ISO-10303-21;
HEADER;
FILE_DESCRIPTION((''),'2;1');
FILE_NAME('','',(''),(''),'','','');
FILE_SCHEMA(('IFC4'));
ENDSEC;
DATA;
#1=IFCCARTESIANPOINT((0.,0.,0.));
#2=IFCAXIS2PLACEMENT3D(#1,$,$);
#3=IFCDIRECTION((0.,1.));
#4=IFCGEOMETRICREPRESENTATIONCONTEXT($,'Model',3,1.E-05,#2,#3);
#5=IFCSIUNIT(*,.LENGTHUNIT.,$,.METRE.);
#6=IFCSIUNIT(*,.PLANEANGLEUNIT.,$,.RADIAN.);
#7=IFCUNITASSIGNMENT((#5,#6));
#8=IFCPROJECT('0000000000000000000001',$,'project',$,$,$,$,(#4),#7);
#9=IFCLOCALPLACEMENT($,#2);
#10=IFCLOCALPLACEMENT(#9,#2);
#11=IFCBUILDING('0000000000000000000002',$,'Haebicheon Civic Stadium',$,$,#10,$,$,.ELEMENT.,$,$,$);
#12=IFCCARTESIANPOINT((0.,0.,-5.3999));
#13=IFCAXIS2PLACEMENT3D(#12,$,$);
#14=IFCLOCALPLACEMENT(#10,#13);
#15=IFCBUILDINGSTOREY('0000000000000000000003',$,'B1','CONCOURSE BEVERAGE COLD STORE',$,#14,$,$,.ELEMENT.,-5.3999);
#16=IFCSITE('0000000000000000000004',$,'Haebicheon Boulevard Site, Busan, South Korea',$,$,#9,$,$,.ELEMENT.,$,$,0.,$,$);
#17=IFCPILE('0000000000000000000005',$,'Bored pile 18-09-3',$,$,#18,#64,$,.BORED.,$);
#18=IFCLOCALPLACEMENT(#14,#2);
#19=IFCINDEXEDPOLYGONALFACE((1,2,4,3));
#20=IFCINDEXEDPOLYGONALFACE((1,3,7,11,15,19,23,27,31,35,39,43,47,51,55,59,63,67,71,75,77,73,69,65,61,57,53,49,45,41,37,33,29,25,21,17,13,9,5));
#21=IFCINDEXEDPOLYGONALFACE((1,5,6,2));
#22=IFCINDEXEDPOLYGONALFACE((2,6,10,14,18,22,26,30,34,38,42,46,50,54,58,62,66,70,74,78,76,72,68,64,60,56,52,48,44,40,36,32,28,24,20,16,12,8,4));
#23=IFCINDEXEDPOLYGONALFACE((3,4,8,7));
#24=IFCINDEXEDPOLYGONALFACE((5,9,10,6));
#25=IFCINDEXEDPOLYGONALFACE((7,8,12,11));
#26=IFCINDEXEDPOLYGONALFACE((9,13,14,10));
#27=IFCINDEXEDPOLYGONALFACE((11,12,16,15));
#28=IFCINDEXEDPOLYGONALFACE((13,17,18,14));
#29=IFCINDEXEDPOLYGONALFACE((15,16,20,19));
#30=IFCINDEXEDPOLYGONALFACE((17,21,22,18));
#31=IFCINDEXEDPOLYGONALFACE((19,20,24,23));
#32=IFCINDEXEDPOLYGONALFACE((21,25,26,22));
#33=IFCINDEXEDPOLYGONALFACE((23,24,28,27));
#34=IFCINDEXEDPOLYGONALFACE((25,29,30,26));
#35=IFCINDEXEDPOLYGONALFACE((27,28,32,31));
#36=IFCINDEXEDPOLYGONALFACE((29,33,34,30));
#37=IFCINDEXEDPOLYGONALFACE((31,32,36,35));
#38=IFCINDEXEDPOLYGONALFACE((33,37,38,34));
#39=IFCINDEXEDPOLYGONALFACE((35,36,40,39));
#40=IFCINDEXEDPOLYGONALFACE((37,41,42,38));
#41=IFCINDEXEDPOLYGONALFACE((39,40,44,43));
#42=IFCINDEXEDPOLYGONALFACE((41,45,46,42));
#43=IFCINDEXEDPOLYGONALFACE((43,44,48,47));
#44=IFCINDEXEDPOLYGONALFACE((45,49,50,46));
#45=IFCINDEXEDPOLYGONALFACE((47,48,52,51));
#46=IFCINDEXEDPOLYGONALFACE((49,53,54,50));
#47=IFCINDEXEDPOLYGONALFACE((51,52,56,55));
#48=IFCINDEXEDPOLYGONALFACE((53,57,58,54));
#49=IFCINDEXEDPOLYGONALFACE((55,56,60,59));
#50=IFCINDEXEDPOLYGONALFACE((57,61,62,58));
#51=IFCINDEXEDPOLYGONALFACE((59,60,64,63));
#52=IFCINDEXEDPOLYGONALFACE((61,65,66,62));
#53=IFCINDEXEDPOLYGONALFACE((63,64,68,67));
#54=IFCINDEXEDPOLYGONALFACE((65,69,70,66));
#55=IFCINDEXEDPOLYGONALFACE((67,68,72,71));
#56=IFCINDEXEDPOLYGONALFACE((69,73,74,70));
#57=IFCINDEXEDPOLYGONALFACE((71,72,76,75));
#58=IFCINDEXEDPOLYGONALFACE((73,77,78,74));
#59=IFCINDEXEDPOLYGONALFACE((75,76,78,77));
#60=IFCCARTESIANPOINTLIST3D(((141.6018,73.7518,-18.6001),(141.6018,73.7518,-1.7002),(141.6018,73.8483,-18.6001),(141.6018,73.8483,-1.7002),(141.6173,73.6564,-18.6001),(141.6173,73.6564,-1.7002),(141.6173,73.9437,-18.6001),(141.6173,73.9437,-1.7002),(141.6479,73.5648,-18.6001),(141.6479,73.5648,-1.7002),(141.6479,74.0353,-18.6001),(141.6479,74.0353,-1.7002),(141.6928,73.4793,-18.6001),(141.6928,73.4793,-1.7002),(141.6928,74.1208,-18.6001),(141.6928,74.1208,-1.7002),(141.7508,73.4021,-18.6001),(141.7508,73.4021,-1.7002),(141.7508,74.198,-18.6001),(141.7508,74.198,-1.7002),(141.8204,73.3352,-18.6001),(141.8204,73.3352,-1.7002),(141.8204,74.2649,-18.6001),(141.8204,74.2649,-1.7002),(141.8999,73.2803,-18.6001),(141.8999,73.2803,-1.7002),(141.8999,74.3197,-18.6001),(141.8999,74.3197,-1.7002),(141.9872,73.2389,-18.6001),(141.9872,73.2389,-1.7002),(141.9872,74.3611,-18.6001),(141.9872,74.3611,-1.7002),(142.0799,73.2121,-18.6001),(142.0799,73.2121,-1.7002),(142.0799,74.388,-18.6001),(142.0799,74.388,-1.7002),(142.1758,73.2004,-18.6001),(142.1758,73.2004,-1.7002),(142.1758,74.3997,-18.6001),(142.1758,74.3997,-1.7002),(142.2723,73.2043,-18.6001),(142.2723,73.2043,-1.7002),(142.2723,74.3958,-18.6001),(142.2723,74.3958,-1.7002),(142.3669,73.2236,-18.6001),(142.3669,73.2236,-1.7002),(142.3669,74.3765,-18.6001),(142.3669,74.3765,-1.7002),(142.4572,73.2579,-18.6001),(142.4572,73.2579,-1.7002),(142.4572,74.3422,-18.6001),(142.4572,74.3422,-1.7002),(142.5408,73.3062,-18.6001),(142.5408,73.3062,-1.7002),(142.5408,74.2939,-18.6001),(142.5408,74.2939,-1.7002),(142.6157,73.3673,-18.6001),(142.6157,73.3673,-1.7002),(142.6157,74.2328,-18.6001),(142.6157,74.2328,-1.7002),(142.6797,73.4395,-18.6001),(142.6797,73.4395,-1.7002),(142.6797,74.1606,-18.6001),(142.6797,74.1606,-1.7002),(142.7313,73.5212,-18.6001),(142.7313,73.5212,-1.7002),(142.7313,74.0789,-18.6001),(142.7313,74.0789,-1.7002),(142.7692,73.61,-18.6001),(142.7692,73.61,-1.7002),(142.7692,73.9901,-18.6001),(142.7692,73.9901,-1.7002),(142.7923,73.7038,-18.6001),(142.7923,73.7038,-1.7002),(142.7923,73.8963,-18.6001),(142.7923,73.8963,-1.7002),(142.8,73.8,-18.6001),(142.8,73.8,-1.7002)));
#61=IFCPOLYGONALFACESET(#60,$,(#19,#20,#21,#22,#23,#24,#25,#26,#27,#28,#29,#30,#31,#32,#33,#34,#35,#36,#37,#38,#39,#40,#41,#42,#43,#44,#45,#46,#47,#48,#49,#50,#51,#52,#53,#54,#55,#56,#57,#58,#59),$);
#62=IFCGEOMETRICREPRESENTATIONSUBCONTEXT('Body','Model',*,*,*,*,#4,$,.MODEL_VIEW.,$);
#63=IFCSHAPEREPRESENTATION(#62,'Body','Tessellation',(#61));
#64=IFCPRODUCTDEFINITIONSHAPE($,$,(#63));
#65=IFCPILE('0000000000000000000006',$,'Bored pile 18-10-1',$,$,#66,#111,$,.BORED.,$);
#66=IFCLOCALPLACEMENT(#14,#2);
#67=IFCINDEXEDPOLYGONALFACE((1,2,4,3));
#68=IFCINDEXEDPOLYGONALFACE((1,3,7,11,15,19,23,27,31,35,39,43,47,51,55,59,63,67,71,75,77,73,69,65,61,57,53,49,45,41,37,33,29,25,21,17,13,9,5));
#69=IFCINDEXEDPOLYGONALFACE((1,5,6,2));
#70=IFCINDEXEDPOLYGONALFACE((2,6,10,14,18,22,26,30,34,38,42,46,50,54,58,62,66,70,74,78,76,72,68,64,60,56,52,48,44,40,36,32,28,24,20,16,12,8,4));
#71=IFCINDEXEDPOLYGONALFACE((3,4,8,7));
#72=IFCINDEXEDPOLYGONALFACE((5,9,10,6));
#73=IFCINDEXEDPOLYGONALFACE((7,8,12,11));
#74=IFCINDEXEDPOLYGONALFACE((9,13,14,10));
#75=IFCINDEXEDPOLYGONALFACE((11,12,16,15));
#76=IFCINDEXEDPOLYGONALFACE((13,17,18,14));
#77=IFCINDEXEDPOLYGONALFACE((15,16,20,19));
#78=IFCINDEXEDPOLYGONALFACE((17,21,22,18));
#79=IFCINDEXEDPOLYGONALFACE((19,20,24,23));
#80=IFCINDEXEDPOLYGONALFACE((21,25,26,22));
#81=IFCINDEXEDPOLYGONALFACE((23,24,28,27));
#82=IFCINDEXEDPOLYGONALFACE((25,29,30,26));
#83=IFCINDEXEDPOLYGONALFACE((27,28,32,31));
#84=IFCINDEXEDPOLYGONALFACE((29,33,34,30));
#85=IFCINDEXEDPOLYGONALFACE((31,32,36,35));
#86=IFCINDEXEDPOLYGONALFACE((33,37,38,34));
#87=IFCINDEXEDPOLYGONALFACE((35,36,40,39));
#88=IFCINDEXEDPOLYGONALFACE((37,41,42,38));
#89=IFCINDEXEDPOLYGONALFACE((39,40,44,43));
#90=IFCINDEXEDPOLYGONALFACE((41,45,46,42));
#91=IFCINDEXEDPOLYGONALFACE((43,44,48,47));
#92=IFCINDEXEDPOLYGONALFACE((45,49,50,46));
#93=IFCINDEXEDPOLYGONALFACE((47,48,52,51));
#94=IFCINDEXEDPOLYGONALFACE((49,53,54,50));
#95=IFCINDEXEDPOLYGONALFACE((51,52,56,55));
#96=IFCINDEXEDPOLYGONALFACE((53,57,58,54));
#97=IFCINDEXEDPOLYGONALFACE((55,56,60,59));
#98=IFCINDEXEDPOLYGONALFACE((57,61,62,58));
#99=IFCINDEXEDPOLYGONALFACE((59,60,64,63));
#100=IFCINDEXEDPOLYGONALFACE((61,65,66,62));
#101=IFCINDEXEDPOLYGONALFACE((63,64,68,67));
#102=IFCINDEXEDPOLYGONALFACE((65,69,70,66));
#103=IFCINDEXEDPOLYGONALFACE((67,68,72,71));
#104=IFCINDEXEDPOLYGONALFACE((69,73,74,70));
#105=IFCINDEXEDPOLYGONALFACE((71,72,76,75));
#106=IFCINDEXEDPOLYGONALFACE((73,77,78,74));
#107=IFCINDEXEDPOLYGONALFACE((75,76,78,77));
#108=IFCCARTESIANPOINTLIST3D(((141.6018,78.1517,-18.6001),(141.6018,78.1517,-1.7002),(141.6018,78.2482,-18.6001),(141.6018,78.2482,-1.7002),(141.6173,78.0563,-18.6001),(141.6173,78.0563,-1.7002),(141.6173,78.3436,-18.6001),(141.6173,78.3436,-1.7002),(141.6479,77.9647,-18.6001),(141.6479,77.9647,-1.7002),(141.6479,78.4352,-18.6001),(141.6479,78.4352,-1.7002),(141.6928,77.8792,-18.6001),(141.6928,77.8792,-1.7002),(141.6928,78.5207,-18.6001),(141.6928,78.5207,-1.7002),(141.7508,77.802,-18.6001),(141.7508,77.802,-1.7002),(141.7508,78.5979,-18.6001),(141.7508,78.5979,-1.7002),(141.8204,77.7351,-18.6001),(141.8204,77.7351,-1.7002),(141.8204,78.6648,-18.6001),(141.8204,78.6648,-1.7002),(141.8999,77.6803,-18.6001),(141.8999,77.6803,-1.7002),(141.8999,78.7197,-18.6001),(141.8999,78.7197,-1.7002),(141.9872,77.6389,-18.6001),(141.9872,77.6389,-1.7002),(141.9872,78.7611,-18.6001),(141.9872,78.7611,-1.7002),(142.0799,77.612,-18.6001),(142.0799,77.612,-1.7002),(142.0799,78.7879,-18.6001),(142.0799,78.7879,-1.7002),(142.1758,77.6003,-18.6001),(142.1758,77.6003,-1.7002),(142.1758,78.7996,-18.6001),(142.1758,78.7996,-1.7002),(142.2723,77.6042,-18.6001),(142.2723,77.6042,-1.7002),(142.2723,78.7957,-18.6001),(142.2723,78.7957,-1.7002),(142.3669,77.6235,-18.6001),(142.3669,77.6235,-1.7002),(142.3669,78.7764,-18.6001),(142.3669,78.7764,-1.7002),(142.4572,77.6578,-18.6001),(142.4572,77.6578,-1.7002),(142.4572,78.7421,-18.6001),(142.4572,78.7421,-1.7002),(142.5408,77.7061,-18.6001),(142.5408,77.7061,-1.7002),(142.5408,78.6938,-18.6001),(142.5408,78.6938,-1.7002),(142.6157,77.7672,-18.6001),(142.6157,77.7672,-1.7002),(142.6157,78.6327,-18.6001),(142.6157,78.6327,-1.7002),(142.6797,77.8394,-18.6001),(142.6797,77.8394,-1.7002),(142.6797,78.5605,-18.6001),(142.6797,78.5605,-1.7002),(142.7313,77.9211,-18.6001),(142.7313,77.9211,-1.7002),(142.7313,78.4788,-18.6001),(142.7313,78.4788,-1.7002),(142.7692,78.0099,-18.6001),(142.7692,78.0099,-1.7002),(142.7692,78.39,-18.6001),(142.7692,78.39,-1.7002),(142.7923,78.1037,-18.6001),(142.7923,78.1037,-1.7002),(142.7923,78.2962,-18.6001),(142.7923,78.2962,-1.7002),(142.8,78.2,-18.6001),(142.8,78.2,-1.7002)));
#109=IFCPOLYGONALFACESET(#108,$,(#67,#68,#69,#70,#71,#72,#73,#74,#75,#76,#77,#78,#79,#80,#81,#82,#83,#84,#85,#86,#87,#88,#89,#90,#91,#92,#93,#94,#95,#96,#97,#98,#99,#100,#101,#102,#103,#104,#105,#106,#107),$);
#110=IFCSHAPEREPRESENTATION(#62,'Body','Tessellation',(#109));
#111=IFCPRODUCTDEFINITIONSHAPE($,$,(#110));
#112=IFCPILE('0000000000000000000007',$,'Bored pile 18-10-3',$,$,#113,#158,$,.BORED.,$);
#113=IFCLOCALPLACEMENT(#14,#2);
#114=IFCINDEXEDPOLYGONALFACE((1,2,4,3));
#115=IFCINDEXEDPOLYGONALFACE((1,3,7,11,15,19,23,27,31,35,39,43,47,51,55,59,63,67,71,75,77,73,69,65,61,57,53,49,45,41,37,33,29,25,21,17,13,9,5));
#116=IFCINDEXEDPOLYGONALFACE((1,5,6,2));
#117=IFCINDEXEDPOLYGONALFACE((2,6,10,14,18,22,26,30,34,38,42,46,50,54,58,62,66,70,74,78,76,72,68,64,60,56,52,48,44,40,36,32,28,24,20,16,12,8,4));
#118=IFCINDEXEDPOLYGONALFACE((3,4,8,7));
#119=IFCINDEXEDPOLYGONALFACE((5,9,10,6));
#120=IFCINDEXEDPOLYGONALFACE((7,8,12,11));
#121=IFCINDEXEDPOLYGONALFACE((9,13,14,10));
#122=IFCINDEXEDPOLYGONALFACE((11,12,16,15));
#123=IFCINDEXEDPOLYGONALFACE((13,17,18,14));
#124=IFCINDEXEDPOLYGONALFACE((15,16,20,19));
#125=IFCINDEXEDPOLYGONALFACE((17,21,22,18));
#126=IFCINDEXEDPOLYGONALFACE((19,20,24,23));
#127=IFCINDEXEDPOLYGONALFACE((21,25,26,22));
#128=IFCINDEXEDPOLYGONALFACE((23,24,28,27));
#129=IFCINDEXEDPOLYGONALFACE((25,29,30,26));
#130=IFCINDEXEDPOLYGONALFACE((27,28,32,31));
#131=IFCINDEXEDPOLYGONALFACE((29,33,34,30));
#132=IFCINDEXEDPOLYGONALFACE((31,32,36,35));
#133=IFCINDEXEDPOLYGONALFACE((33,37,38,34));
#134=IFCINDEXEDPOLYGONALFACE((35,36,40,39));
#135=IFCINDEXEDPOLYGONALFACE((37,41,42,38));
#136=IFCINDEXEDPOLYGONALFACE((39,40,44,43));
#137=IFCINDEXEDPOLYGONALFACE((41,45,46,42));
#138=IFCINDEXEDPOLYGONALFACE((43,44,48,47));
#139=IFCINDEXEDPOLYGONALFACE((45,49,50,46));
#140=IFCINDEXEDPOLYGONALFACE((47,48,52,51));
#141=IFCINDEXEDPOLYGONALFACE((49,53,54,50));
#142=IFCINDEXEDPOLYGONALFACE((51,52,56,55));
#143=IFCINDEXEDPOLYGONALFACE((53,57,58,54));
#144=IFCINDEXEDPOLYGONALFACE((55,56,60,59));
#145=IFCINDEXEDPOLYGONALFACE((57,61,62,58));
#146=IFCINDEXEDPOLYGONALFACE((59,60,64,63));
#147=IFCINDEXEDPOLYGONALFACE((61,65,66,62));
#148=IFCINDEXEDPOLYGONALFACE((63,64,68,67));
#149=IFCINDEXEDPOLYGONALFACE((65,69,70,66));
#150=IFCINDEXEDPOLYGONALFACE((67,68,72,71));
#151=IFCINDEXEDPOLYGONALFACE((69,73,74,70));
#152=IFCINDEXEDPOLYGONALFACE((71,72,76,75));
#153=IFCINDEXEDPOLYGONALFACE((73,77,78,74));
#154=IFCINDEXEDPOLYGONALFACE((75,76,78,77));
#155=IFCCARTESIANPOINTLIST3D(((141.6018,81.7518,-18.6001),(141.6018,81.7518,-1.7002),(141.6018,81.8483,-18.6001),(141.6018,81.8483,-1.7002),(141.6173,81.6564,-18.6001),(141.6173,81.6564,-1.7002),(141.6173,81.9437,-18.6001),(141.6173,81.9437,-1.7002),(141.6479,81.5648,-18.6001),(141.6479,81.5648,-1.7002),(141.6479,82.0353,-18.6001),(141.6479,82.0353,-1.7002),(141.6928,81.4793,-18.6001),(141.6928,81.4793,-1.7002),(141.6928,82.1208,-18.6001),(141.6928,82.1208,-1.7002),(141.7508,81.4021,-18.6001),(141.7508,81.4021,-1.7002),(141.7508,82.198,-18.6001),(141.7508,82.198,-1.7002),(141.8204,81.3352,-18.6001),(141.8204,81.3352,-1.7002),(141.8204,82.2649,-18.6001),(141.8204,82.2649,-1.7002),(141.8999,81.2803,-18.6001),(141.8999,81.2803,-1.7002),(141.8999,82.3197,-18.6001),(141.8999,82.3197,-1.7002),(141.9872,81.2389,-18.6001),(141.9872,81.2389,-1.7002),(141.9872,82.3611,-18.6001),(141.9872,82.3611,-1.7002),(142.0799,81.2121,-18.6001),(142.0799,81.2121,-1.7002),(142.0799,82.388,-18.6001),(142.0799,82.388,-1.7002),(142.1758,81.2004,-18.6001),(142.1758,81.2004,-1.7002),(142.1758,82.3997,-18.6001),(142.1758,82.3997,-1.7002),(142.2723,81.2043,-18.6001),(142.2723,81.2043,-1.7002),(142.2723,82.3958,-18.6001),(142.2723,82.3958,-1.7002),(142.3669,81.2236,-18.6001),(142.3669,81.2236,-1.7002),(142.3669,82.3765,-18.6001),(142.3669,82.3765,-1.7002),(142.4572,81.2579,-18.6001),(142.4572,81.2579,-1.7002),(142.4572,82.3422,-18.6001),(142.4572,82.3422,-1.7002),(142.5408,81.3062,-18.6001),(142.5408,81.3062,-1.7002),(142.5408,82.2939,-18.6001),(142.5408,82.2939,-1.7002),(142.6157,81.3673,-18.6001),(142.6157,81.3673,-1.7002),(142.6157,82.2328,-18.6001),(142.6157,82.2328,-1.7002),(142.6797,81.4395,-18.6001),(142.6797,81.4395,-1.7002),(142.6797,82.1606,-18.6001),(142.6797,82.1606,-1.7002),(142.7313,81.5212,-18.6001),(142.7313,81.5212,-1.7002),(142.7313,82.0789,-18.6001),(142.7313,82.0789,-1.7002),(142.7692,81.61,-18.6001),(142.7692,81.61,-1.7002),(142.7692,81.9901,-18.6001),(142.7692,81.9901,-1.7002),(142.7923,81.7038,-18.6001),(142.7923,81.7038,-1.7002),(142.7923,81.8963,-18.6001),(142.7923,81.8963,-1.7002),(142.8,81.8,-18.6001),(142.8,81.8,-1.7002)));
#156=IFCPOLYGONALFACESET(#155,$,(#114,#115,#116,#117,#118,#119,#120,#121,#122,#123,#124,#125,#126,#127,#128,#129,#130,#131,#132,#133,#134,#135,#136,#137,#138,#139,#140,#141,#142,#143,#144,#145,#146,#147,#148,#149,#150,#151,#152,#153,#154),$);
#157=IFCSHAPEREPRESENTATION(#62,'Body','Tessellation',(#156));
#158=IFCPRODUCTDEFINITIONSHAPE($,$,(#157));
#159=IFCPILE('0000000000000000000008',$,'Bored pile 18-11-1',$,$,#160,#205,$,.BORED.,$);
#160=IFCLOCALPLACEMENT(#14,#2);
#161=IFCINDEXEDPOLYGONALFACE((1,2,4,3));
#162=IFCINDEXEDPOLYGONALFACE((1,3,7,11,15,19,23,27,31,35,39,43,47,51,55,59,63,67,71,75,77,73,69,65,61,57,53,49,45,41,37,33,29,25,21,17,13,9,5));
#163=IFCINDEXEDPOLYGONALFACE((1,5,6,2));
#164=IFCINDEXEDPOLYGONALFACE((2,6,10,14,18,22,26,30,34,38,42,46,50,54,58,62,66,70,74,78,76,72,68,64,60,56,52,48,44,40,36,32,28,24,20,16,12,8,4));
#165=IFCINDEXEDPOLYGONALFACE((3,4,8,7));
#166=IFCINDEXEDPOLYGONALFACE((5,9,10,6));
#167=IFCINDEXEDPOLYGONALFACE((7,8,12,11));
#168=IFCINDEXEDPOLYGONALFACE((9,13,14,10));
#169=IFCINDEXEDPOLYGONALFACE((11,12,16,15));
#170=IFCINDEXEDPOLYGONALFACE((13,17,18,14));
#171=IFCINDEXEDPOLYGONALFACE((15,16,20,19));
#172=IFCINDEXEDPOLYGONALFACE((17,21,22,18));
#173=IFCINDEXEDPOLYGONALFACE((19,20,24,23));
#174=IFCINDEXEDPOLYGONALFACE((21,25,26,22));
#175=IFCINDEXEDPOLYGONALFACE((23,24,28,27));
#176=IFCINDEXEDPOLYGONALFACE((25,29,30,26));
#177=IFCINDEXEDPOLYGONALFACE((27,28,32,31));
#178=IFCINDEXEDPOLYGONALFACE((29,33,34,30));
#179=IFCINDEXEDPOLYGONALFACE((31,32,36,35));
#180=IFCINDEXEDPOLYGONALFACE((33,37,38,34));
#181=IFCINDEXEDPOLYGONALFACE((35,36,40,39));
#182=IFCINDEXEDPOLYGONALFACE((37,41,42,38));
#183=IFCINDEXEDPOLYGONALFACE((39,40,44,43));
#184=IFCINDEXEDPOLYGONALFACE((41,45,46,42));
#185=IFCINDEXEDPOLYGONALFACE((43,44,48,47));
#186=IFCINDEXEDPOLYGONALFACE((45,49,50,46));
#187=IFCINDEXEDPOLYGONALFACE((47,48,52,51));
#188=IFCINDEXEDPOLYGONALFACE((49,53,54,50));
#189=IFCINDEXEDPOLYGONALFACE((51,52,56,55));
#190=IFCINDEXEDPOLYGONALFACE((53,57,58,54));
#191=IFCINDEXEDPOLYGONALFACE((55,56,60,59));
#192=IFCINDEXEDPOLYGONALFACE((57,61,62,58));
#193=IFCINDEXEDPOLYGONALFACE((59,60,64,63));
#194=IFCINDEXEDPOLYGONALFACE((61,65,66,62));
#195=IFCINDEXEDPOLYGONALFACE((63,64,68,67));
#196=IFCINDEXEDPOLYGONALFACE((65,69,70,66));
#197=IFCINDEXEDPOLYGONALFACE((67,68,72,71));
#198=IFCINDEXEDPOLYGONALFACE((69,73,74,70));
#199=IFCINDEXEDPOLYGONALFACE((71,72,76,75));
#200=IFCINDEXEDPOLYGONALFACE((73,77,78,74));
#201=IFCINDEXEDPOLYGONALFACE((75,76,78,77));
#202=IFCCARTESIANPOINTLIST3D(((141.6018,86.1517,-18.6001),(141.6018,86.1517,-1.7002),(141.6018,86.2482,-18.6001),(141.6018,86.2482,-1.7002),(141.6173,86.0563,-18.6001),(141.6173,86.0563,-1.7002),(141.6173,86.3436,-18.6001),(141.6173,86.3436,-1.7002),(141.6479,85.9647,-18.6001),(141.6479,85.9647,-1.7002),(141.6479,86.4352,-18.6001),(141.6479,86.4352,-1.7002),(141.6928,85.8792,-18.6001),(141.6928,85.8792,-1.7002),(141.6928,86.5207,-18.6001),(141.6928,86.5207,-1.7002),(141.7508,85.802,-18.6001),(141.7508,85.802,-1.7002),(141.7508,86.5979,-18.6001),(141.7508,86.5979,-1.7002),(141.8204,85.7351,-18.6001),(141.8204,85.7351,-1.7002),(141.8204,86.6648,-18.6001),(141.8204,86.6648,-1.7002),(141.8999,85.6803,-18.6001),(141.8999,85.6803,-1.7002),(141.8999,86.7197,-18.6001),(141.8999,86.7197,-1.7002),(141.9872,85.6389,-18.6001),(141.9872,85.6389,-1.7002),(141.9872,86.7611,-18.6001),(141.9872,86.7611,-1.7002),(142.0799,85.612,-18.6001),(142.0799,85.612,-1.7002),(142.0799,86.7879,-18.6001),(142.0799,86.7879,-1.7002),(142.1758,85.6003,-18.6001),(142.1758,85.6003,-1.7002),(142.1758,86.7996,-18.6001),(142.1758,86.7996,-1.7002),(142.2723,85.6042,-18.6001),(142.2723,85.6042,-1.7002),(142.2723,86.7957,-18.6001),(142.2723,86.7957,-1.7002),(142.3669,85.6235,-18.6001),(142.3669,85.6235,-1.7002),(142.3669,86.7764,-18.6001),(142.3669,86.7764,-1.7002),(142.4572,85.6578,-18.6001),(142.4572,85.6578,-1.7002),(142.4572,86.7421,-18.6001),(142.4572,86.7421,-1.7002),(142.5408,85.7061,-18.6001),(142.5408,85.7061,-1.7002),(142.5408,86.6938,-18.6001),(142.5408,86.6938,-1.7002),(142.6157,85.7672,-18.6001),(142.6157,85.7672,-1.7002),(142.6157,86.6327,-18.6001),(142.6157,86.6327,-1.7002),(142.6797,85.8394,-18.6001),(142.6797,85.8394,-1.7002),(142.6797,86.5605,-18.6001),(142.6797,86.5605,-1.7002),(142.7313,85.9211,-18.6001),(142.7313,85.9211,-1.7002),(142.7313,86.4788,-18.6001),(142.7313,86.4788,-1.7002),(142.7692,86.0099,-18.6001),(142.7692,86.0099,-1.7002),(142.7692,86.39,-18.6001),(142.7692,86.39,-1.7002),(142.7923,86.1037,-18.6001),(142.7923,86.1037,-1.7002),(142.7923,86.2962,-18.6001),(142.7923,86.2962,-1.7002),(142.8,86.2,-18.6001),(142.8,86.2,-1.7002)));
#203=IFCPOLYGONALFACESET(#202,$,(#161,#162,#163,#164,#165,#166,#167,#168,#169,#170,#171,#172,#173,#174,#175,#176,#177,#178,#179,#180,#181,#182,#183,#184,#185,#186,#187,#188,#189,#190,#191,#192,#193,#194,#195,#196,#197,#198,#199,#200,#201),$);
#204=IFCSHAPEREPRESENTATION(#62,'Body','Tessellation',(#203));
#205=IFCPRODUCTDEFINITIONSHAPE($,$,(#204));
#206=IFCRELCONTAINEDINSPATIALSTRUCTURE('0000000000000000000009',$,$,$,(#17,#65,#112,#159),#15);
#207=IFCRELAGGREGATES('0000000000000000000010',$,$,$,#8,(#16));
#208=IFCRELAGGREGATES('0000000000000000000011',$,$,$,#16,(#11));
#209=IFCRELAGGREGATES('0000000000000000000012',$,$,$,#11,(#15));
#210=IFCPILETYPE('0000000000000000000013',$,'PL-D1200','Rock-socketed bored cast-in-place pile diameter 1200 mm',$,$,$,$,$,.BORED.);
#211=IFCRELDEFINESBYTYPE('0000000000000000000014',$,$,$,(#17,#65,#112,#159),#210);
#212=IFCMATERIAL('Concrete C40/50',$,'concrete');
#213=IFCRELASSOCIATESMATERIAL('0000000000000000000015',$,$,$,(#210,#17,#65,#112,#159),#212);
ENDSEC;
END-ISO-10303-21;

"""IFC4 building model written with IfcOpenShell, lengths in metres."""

from ifc_helpers import new_model, si_unit, direction, frame, origin, origin_2d, place, context, subcontext, project, spatial, circle, extrude, material, material_profile, profile_set, type_object, element, save


model = new_model("IFC4")

# Units and contexts
model_context = context("Model", 3, precision=1e-05, world=origin(), true_north=direction((0.0, 1.0)))
body_context = subcontext(model_context, "Body", "Model", "MODEL_VIEW")
ifc_project = project(units=[si_unit("LENGTHUNIT", "METRE"), si_unit("PLANEANGLEUNIT", "RADIAN")], contexts=[model_context])

# Site, building, storey
site_placement = place(None, origin())
site = spatial("IfcSite", under=ifc_project, at=site_placement, Name="Haebicheon Boulevard Site, Busan, South Korea", CompositionType="ELEMENT", RefElevation=0.0)
building_placement = place(site_placement, origin())
building = spatial("IfcBuilding", under=site, at=building_placement, Name="Haebicheon Civic Stadium", CompositionType="ELEMENT")
storey_placement = place(building_placement, frame((0.0, 0.0, -5.3999)))
storey = spatial("IfcBuildingStorey", under=building, at=storey_placement, Name="B1", Description="CONCOURSE BEVERAGE COLD STORE", CompositionType="ELEMENT", Elevation=-5.3999)

# Piles
ifc_material_1 = material(Name="Concrete C40/50", Category="concrete")
ifc_material_profile_1 = material_profile(ifc_material_1, circle(Radius=0.6001, at=origin_2d()), Name="PILE-D1200")
ifc_profile_set_1 = profile_set([ifc_material_profile_1], Name="Concrete C40/50")
pile_type_1 = type_object("IfcPileType", Name="PL-D1200", Description="Rock-socketed bored cast-in-place pile diameter 1200 mm", PredefinedType="BORED", material=ifc_profile_set_1)
for number, where, z_axis, x_axis, name in (
    (1, (142.2, 73.8, -1.7002), (0.0, 0.0, -1.0), (1.0, 0.0, 0.0), "Bored pile 18-09-3"),
    (2, (142.2, 78.2, -1.7002), (0.0, 0.0, -1.0), (1.0, 0.0, 0.0), "Bored pile 18-10-1"),
    (3, (142.2, 81.8, -1.7002), (0.0, 0.0, -1.0), (1.0, 0.0, 0.0), "Bored pile 18-10-3"),
    (4, (142.2, 86.2, -1.7002), (0.0, 0.0, -1.0), (1.0, 0.0, 0.0), "Bored pile 18-11-1"),
):
    element("IfcPile", number, at=place(storey_placement, frame(where, z_axis=z_axis, x_axis=x_axis)), inside=storey, type_object=pile_type_1, material=ifc_profile_set_1, Name=name, PredefinedType="BORED", context=body_context, shape_type="SweptSolid", body=[
        extrude(circle(Radius=0.6001, at=origin_2d()), origin(), (0.0, 0.0, 1.0), 16.8999),
    ])

save(model, "model.ifc")
